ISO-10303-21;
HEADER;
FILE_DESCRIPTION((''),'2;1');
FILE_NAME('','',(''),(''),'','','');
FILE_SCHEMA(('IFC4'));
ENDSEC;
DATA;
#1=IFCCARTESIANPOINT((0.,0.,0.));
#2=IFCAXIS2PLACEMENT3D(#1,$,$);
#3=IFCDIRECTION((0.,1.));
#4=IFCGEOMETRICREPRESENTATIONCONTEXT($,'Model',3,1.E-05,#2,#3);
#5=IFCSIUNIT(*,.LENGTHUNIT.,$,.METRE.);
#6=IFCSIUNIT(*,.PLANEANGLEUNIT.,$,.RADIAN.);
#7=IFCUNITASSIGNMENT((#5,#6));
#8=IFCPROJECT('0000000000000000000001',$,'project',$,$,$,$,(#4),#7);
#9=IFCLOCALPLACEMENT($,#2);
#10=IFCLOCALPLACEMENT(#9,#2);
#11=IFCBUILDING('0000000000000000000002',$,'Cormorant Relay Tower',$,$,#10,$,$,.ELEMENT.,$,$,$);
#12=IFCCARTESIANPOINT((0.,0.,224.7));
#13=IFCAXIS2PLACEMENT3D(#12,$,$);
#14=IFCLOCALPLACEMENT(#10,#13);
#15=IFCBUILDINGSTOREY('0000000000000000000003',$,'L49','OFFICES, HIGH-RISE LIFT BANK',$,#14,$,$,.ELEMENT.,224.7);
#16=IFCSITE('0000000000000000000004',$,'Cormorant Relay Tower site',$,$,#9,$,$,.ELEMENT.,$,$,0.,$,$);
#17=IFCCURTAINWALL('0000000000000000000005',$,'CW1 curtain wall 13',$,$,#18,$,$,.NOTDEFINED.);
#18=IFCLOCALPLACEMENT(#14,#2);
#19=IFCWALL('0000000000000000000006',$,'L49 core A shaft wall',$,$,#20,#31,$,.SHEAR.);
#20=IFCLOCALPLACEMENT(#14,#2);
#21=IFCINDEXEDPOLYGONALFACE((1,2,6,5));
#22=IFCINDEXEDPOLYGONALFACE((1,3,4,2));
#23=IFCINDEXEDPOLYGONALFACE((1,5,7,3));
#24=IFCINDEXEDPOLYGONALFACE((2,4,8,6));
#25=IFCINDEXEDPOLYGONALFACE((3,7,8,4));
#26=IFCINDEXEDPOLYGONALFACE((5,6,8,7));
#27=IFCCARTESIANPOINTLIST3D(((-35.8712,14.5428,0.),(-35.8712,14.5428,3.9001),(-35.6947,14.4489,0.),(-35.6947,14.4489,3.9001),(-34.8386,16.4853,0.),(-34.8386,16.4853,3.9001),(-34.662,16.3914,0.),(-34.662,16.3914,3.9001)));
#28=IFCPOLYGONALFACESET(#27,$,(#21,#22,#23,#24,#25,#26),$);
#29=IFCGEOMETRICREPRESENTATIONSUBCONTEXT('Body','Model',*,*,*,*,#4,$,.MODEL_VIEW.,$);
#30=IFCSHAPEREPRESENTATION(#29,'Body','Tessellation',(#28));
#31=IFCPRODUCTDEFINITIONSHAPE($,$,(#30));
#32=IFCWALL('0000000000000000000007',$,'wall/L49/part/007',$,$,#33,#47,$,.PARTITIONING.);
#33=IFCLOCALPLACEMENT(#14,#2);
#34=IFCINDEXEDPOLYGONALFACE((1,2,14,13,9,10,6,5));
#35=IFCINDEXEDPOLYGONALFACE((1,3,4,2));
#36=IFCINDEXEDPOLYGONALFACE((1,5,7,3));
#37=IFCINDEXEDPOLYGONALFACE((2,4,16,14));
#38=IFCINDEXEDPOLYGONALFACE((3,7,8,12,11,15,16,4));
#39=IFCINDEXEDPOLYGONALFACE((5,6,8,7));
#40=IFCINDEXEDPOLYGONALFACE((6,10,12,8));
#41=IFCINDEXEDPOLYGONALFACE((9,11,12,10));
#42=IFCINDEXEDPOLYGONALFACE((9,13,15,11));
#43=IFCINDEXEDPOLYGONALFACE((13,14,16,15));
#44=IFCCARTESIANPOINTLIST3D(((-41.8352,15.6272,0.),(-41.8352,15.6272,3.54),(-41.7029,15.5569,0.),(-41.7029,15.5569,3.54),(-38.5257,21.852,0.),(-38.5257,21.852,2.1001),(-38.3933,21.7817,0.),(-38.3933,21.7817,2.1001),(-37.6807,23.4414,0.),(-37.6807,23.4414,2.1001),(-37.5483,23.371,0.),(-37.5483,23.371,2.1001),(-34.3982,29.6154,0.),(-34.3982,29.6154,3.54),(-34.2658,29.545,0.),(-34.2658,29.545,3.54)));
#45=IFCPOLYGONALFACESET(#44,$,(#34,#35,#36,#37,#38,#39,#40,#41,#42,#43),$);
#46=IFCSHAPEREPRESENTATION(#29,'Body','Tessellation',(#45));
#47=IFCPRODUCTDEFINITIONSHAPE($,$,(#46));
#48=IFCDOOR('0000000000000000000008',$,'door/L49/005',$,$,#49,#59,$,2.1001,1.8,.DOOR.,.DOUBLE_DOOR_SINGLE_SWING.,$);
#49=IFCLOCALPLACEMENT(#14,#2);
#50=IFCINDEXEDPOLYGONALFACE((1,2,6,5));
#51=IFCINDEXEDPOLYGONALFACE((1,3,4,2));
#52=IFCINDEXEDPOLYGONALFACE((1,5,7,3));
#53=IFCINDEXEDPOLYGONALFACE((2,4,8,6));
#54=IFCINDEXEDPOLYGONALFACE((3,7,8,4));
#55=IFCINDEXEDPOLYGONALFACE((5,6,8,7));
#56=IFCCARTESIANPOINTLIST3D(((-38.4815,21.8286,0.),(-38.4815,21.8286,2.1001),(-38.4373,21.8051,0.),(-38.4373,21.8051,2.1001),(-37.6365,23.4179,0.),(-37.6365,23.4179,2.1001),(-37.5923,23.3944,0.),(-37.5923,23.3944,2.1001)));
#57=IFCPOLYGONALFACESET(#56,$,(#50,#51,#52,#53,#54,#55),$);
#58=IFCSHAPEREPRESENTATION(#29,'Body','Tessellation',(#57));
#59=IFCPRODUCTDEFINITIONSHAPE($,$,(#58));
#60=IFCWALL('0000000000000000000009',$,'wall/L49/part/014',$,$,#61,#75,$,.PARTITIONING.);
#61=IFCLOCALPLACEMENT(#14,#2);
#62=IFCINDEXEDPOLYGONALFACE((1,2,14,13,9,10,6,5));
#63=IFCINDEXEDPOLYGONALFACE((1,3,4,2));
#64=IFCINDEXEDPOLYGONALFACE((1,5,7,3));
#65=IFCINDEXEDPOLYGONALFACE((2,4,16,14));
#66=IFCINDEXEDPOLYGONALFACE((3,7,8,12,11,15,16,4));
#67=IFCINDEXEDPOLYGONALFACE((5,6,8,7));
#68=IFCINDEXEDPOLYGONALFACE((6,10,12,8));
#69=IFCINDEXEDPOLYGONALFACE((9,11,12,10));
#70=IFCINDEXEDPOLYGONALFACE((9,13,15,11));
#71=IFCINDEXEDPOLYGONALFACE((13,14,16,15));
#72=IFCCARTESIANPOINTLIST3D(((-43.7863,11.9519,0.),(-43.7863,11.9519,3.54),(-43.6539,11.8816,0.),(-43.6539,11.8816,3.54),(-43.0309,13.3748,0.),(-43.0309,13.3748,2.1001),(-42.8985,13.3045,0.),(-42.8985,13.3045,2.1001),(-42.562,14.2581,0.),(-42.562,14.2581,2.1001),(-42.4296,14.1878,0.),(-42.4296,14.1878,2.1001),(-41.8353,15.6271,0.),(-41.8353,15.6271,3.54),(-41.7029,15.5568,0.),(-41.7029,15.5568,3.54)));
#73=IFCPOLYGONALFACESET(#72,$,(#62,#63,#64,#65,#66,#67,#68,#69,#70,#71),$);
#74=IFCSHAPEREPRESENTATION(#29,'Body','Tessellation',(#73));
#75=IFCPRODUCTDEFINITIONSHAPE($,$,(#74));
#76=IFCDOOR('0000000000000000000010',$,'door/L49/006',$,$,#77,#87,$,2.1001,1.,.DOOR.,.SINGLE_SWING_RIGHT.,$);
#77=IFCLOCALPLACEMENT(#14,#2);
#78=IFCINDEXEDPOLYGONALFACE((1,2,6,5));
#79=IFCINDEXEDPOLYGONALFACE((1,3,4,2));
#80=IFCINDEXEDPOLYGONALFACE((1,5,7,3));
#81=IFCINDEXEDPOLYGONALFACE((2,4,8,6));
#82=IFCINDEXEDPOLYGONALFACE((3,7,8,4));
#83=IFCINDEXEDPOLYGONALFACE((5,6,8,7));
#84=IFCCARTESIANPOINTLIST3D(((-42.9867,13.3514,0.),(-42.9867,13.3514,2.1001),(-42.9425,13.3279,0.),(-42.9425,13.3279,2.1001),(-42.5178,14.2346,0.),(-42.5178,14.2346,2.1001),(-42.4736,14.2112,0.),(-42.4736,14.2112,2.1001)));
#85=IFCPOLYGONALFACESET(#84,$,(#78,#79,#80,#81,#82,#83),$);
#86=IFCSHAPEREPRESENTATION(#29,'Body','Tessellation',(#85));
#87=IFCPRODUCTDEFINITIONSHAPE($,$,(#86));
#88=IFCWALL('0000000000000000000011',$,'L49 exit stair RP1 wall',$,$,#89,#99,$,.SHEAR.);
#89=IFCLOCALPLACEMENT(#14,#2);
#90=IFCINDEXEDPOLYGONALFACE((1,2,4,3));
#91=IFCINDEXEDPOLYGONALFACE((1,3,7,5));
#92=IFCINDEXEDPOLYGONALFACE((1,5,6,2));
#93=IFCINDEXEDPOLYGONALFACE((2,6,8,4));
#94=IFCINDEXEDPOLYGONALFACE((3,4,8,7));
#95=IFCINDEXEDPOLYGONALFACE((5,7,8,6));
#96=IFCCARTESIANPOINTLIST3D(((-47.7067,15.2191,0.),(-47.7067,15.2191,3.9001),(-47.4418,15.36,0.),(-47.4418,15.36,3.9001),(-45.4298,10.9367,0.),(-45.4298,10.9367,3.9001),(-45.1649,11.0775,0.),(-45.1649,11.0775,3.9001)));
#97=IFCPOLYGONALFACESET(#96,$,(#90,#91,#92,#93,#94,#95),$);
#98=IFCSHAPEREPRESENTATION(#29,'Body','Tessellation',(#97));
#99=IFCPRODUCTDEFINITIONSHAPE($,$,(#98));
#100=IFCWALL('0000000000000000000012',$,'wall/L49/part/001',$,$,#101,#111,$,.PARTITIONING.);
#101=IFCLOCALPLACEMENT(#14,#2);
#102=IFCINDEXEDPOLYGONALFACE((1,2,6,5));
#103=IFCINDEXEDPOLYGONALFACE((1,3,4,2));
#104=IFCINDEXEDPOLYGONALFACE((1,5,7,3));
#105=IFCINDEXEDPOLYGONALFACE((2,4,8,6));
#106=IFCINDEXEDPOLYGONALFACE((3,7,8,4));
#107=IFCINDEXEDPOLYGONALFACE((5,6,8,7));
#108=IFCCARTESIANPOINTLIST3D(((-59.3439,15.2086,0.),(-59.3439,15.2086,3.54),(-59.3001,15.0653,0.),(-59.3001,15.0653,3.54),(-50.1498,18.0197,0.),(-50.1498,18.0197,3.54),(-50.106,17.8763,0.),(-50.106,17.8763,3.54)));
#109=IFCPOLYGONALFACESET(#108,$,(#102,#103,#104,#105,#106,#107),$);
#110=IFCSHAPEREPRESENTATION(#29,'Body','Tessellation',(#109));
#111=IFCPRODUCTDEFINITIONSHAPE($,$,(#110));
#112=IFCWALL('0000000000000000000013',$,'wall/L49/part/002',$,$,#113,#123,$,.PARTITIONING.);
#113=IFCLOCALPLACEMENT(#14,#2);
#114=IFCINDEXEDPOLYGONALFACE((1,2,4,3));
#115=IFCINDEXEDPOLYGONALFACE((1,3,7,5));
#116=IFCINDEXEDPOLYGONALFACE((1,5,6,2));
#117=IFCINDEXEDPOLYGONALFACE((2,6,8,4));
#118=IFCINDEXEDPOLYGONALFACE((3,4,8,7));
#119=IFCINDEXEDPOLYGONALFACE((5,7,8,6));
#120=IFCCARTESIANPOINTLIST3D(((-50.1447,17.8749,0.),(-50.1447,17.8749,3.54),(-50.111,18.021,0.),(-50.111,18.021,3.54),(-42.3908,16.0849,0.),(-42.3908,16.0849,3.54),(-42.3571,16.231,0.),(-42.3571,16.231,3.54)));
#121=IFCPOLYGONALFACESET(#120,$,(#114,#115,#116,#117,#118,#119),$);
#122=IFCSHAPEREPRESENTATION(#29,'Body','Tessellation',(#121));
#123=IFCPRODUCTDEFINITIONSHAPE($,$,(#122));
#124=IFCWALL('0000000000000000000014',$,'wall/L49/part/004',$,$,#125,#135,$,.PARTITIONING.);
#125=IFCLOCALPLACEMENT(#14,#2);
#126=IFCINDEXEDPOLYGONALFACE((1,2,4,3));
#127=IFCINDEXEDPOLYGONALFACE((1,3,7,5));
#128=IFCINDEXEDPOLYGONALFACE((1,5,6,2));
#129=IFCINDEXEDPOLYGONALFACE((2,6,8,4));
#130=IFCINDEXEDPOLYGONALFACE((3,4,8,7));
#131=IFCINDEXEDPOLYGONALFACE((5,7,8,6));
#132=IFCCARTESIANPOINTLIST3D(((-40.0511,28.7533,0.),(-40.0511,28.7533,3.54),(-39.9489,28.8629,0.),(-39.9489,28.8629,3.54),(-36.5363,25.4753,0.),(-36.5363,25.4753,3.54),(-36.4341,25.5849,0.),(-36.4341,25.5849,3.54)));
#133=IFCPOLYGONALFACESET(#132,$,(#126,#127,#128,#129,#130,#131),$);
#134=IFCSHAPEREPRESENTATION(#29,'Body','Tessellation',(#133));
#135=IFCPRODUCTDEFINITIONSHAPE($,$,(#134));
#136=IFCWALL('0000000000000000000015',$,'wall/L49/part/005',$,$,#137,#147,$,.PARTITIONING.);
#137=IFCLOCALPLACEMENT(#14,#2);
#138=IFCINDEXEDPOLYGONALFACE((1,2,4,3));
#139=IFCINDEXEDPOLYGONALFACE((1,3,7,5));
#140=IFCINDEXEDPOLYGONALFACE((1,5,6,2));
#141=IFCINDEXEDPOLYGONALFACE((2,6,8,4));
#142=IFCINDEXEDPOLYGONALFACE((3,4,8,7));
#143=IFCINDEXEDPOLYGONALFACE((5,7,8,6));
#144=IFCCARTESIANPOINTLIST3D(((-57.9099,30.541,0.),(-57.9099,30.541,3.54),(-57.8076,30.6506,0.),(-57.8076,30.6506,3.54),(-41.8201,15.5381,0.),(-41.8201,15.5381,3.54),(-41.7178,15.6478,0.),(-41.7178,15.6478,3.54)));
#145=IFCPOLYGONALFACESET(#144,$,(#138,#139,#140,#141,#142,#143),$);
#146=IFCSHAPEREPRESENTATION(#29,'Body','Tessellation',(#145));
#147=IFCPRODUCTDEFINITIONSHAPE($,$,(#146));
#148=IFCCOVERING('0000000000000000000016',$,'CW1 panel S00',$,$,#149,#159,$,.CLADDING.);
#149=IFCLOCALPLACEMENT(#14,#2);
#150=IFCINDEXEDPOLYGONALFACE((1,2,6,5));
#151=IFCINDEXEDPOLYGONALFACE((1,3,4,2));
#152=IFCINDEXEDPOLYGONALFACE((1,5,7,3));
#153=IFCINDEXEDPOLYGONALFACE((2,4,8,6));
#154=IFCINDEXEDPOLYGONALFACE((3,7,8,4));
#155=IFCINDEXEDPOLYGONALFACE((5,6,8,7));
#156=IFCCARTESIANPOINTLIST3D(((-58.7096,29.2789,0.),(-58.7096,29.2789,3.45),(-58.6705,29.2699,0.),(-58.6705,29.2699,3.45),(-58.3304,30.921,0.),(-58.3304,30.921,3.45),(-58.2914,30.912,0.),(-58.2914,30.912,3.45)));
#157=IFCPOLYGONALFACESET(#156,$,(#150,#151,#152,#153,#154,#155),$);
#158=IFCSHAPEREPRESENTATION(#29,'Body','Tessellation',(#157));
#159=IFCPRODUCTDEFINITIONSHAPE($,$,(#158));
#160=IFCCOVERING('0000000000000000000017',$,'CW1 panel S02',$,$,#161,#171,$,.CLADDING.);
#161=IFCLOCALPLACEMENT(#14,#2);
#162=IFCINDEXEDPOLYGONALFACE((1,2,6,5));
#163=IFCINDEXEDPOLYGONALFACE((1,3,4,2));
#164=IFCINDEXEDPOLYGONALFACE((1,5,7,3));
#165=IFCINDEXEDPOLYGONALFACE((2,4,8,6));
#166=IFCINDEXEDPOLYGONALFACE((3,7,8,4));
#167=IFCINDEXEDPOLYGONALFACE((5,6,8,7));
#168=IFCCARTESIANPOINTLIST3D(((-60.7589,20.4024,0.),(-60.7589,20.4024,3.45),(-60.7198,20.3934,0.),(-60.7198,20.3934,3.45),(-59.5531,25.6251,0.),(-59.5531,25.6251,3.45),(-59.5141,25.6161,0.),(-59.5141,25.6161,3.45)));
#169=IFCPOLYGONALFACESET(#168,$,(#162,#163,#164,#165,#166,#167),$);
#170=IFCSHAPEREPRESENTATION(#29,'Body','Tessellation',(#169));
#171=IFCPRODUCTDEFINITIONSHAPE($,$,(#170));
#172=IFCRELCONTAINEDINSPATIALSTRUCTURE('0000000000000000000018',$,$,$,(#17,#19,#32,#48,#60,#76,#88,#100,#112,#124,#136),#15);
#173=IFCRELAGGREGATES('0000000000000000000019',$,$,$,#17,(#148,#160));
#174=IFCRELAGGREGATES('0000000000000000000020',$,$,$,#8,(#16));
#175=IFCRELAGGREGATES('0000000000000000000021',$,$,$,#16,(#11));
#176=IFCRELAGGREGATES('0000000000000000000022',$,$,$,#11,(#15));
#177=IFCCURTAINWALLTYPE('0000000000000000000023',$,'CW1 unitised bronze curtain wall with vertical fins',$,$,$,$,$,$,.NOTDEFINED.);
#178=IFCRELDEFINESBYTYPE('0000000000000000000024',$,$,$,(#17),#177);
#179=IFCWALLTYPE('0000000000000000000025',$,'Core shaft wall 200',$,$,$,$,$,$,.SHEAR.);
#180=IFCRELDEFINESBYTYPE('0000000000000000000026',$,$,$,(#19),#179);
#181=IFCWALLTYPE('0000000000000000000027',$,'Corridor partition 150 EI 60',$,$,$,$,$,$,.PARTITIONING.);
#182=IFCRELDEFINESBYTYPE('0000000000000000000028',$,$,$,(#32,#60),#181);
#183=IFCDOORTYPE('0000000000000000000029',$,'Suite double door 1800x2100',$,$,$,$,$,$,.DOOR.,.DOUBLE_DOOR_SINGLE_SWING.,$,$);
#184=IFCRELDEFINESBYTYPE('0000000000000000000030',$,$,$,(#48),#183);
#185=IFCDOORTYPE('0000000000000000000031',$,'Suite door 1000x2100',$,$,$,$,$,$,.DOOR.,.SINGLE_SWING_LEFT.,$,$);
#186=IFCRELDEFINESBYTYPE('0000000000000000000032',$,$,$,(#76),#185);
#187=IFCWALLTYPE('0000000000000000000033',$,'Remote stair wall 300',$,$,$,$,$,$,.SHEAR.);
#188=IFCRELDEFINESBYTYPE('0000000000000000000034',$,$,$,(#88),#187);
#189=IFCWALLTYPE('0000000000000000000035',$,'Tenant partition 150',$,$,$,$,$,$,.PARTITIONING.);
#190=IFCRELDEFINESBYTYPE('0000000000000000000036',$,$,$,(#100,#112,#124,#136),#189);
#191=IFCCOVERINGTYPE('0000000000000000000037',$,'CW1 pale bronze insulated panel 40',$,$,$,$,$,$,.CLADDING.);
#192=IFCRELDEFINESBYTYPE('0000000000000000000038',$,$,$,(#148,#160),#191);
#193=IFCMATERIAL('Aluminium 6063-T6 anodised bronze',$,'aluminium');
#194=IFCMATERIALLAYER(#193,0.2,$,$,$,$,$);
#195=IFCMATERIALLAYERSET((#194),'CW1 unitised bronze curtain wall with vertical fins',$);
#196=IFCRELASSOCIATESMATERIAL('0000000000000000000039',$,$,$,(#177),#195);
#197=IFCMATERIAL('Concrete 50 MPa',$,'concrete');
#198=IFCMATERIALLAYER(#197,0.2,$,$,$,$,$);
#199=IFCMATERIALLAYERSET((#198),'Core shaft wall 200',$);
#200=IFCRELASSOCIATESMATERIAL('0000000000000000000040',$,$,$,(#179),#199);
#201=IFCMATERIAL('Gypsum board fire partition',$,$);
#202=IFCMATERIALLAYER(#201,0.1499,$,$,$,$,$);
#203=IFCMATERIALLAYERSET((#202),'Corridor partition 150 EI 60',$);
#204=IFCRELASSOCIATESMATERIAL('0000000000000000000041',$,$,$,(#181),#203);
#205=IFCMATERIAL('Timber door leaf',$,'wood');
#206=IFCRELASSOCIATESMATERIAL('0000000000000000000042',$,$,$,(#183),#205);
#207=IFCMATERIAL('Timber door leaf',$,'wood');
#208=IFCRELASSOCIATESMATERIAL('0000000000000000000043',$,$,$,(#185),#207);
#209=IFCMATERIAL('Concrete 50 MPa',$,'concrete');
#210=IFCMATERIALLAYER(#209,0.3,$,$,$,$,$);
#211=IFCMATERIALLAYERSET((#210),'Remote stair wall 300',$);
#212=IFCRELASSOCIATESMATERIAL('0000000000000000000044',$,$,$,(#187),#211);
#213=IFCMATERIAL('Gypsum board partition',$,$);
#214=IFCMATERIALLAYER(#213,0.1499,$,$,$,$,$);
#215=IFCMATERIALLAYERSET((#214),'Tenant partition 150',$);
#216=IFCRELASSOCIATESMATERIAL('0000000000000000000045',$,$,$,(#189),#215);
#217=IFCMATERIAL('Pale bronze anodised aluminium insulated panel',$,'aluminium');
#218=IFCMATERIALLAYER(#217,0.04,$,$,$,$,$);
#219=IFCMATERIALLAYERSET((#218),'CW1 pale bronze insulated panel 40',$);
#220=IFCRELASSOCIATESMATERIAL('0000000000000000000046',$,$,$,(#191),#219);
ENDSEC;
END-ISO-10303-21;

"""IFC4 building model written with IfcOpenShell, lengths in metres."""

from ifc_helpers import new_model, si_unit, direction, frame, frame_2d, origin, origin_2d, place, context, subcontext, project, spatial, rectangle, extrude, material, layer, layer_set, type_object, element, fill, aggregate, save


model = new_model("IFC4")

# Units and contexts
model_context = context("Model", 3, precision=1e-05, world=origin(), true_north=direction((0.0, 1.0)))
body_context = subcontext(model_context, "Body", "Model", "MODEL_VIEW")
ifc_project = project(units=[si_unit("LENGTHUNIT", "METRE"), si_unit("PLANEANGLEUNIT", "RADIAN")], contexts=[model_context])

# Site, building, storey
site_placement = place(None, origin())
site = spatial("IfcSite", under=ifc_project, at=site_placement, Name="Cormorant Relay Tower site", CompositionType="ELEMENT", RefElevation=0.0)
building_placement = place(site_placement, origin())
building = spatial("IfcBuilding", under=site, at=building_placement, Name="Cormorant Relay Tower", CompositionType="ELEMENT")
storey_placement = place(building_placement, frame((0.0, 0.0, 224.7)))
storey = spatial("IfcBuildingStorey", under=building, at=storey_placement, Name="L49", Description="OFFICES, HIGH-RISE LIFT BANK", CompositionType="ELEMENT", Elevation=224.7)

# Curtain wall
ifc_material_1 = material(Name="Aluminium 6063-T6 anodised bronze", Category="aluminium")
ifc_layer_1 = layer(ifc_material_1, 0.2)
ifc_layer_set_1 = layer_set([ifc_layer_1], Name="CW1 unitised bronze curtain wall with vertical fins")
curtain_wall_type = type_object("IfcCurtainWallType", Name="CW1 unitised bronze curtain wall with vertical fins", PredefinedType="NOTDEFINED", material=ifc_layer_set_1)
curtain_wall_1_placement = place(storey_placement, origin())
curtain_wall_1 = element("IfcCurtainWall", 1, at=curtain_wall_1_placement, inside=storey, type_object=curtain_wall_type, Name="CW1 curtain wall 13", PredefinedType="NOTDEFINED")

# Wall
ifc_material_2 = material(Name="Concrete 50 MPa", Category="concrete")
ifc_layer_2 = layer(ifc_material_2, 0.2)
ifc_layer_set_2 = layer_set([ifc_layer_2], Name="Core shaft wall 200")
wall_type_1 = type_object("IfcWallType", Name="Core shaft wall 200", PredefinedType="SHEAR", material=ifc_layer_set_2)
wall_1_placement = place(storey_placement, frame((-34.7502, 16.4385, 0.0), z_axis=(0.0, 0.0, 1.0), x_axis=(-0.469401, -0.882985, 0.0)))
element("IfcWall", 2, at=wall_1_placement, inside=storey, type_object=wall_type_1, Name="L49 core A shaft wall", PredefinedType="SHEAR", context=body_context, shape_type="SweptSolid", body=[
    extrude(rectangle(XDim=2.2, YDim=0.2, at=frame_2d((1.1001, 0.0))), origin(), (0.0, 0.0, 1.0), 3.9001),
])

# Walls, openings, doors
ifc_material_3 = material(Name="Gypsum board fire partition")
ifc_layer_3 = layer(ifc_material_3, 0.1499)
ifc_layer_set_3 = layer_set([ifc_layer_3], Name="Corridor partition 150 EI 60")
wall_type_2 = type_object("IfcWallType", Name="Corridor partition 150 EI 60", PredefinedType="PARTITIONING", material=ifc_layer_set_3)
wall_2_placement = place(storey_placement, frame((-41.769, 15.592, 0.0), z_axis=(0.0, 0.0, 1.0), x_axis=(0.469444, 0.882962, 0.0)))
wall_2 = element("IfcWall", 3, at=wall_2_placement, inside=storey, type_object=wall_type_2, Name="wall/L49/part/007", PredefinedType="PARTITIONING", context=body_context, shape_type="SweptSolid", body=[
    extrude(rectangle(XDim=15.8423, YDim=0.1499, at=frame_2d((7.9211, 0.0))), origin(), (0.0, 0.0, 1.0), 3.54),
])
opening_1_placement = place(wall_2_placement, frame((7.05, 0.0, 0.0)))
opening_1 = element("IfcOpeningElement", 4, at=opening_1_placement, cuts=wall_2, PredefinedType="OPENING", context=body_context, shape_type="SweptSolid", body=[
    extrude(rectangle(XDim=1.8, YDim=2.1001, at=frame_2d((0.8999, 1.05))), frame((0.0, 0.085, 0.0), z_axis=(0.0, -1.0, 0.0), x_axis=(1.0, 0.0, 0.0)), (0.0, 0.0, 1.0), 0.1699),
])
ifc_material_4 = material(Name="Timber door leaf", Category="wood")
door_type_1 = type_object("IfcDoorType", Name="Suite double door 1800x2100", OperationType="DOUBLE_DOOR_SINGLE_SWING", PredefinedType="DOOR", material=ifc_material_4)
door_1_placement = place(opening_1_placement, origin())
door_1 = element("IfcDoor", 5, at=door_1_placement, inside=storey, type_object=door_type_1, Name="door/L49/005", OperationType="DOUBLE_DOOR_SINGLE_SWING", OverallHeight=2.1001, OverallWidth=1.8, PredefinedType="DOOR", context=body_context, shape_type="SweptSolid", body=[
    extrude(rectangle(XDim=1.8, YDim=2.1001, at=frame_2d((0.8999, 1.05))), frame((0.0, 0.0249, 0.0), z_axis=(0.0, -1.0, 0.0), x_axis=(1.0, 0.0, 0.0)), (0.0, 0.0, 1.0), 0.05),
])
fill(opening_1, door_1)
wall_3_placement = place(storey_placement, frame((-41.769, 15.592, 0.0), z_axis=(0.0, 0.0, 1.0), x_axis=(-0.468885, -0.883259, 0.0)))
wall_3 = element("IfcWall", 6, at=wall_3_placement, inside=storey, type_object=wall_type_2, Name="wall/L49/part/014", PredefinedType="PARTITIONING", context=body_context, shape_type="SweptSolid", body=[
    extrude(rectangle(XDim=4.1609, YDim=0.1499, at=frame_2d((2.0806, 0.0))), origin(), (0.0, 0.0, 1.0), 3.54),
])
opening_2_placement = place(wall_3_placement, frame((1.55, 0.0, 0.0)))
opening_2 = element("IfcOpeningElement", 7, at=opening_2_placement, cuts=wall_3, PredefinedType="OPENING", context=body_context, shape_type="SweptSolid", body=[
    extrude(rectangle(XDim=1.0, YDim=2.1001, at=frame_2d((0.5, 1.05))), frame((0.0, 0.085, 0.0), z_axis=(0.0, -1.0, 0.0), x_axis=(1.0, 0.0, 0.0)), (0.0, 0.0, 1.0), 0.1699),
])
ifc_material_5 = material(Name="Timber door leaf", Category="wood")
door_type_2 = type_object("IfcDoorType", Name="Suite door 1000x2100", OperationType="SINGLE_SWING_LEFT", PredefinedType="DOOR", material=ifc_material_5)
door_2_placement = place(opening_2_placement, frame((1.0, 0.0, 0.0), z_axis=(0.0, 0.0, 1.0), x_axis=(-1.0, 0.0, 0.0)))
door_2 = element("IfcDoor", 8, at=door_2_placement, inside=storey, type_object=door_type_2, Name="door/L49/006", OperationType="SINGLE_SWING_RIGHT", OverallHeight=2.1001, OverallWidth=1.0, PredefinedType="DOOR", context=body_context, shape_type="SweptSolid", body=[
    extrude(rectangle(XDim=1.0, YDim=2.1001, at=frame_2d((0.5, 1.05))), frame((0.0, 0.0249, 0.0), z_axis=(0.0, -1.0, 0.0), x_axis=(1.0, 0.0, 0.0)), (0.0, 0.0, 1.0), 0.05),
])
fill(opening_2, door_2)

# Walls
ifc_material_6 = material(Name="Concrete 50 MPa", Category="concrete")
ifc_layer_4 = layer(ifc_material_6, 0.3)
ifc_layer_set_4 = layer_set([ifc_layer_4], Name="Remote stair wall 300")
wall_type_3 = type_object("IfcWallType", Name="Remote stair wall 300", PredefinedType="SHEAR", material=ifc_layer_set_4)
wall_4_placement = place(storey_placement, frame((-47.5742, 15.2896, 0.0), z_axis=(0.0, 0.0, 1.0), x_axis=(0.469443, -0.882963, 0.0)))
element("IfcWall", 9, at=wall_4_placement, inside=storey, type_object=wall_type_3, Name="L49 exit stair RP1 wall", PredefinedType="SHEAR", context=body_context, shape_type="SweptSolid", body=[
    extrude(rectangle(XDim=4.8501, YDim=0.3, at=frame_2d((2.425, 0.0))), origin(), (0.0, 0.0, 1.0), 3.9001),
])
ifc_material_7 = material(Name="Gypsum board partition")
ifc_layer_5 = layer(ifc_material_7, 0.1499)
ifc_layer_set_5 = layer_set([ifc_layer_5], Name="Tenant partition 150")
wall_type_4 = type_object("IfcWallType", Name="Tenant partition 150", PredefinedType="PARTITIONING", material=ifc_layer_set_5)
wall_5_placement = place(storey_placement, frame((-59.322, 15.137, 0.0), z_axis=(0.0, 0.0, 1.0), x_axis=(0.956301, 0.292383, 0.0)))
element("IfcWall", 10, at=wall_5_placement, inside=storey, type_object=wall_type_4, Name="wall/L49/part/001", PredefinedType="PARTITIONING", context=body_context, shape_type="SweptSolid", body=[
    extrude(rectangle(XDim=9.6143, YDim=0.1499, at=frame_2d((4.8071, 0.0))), origin(), (0.0, 0.0, 1.0), 3.54),
])
wall_6_placement = place(storey_placement, frame((-50.1279, 17.948, 0.0), z_axis=(0.0, 0.0, 1.0), x_axis=(0.974373, -0.22494, 0.0)))
element("IfcWall", 11, at=wall_6_placement, inside=storey, type_object=wall_type_4, Name="wall/L49/part/002", PredefinedType="PARTITIONING", context=body_context, shape_type="SweptSolid", body=[
    extrude(rectangle(XDim=7.9578, YDim=0.1499, at=frame_2d((3.979, 0.0))), origin(), (0.0, 0.0, 1.0), 3.54),
])
wall_7_placement = place(storey_placement, frame((-40.0, 28.8081, 0.0), z_axis=(0.0, 0.0, 1.0), x_axis=(0.731314, -0.682041, 0.0)))
element("IfcWall", 12, at=wall_7_placement, inside=storey, type_object=wall_type_4, Name="wall/L49/part/004", PredefinedType="PARTITIONING", context=body_context, shape_type="SweptSolid", body=[
    extrude(rectangle(XDim=4.8062, YDim=0.1499, at=frame_2d((2.4031, 0.0))), origin(), (0.0, 0.0, 1.0), 3.54),
])
wall_8_placement = place(storey_placement, frame((-41.769, 15.593, 0.0), z_axis=(0.0, 0.0, 1.0), x_axis=(-0.731378, 0.681972, 0.0)))
element("IfcWall", 13, at=wall_8_placement, inside=storey, type_object=wall_type_4, Name="wall/L49/part/005", PredefinedType="PARTITIONING", context=body_context, shape_type="SweptSolid", body=[
    extrude(rectangle(XDim=21.9993, YDim=0.1499, at=frame_2d((10.9995, 0.0))), origin(), (0.0, 0.0, 1.0), 3.54),
])

# Coverings
ifc_material_8 = material(Name="Pale bronze anodised aluminium insulated panel", Category="aluminium")
ifc_layer_6 = layer(ifc_material_8, 0.04)
ifc_layer_set_6 = layer_set([ifc_layer_6], Name="CW1 pale bronze insulated panel 40")
covering_type = type_object("IfcCoveringType", Name="CW1 pale bronze insulated panel 40", PredefinedType="CLADDING", material=ifc_layer_set_6)
covering_1_placement = place(storey_placement, frame((-58.5005, 30.0955, 0.0), z_axis=(0.0, 0.0, 1.0), x_axis=(-0.224951, -0.97437, 0.0)))
covering_1 = element("IfcCovering", 14, at=covering_1_placement, type_object=covering_type, Name="CW1 panel S00", PredefinedType="CLADDING", context=body_context, shape_type="SweptSolid", body=[
    extrude(rectangle(XDim=1.6853, YDim=0.04, at=origin_2d()), origin(), (0.0, 0.0, 1.0), 3.45),
])
covering_2_placement = place(storey_placement, frame((-60.1365, 23.0093, 0.0), z_axis=(0.0, 0.0, 1.0), x_axis=(-0.224951, -0.97437, 0.0)))
covering_2 = element("IfcCovering", 15, at=covering_2_placement, type_object=covering_type, Name="CW1 panel S02", PredefinedType="CLADDING", context=body_context, shape_type="SweptSolid", body=[
    extrude(rectangle(XDim=5.3601, YDim=0.04, at=origin_2d()), origin(), (0.0, 0.0, 1.0), 3.45),
])
aggregate(curtain_wall_1, [covering_1, covering_2])

save(model, "model.ifc")
